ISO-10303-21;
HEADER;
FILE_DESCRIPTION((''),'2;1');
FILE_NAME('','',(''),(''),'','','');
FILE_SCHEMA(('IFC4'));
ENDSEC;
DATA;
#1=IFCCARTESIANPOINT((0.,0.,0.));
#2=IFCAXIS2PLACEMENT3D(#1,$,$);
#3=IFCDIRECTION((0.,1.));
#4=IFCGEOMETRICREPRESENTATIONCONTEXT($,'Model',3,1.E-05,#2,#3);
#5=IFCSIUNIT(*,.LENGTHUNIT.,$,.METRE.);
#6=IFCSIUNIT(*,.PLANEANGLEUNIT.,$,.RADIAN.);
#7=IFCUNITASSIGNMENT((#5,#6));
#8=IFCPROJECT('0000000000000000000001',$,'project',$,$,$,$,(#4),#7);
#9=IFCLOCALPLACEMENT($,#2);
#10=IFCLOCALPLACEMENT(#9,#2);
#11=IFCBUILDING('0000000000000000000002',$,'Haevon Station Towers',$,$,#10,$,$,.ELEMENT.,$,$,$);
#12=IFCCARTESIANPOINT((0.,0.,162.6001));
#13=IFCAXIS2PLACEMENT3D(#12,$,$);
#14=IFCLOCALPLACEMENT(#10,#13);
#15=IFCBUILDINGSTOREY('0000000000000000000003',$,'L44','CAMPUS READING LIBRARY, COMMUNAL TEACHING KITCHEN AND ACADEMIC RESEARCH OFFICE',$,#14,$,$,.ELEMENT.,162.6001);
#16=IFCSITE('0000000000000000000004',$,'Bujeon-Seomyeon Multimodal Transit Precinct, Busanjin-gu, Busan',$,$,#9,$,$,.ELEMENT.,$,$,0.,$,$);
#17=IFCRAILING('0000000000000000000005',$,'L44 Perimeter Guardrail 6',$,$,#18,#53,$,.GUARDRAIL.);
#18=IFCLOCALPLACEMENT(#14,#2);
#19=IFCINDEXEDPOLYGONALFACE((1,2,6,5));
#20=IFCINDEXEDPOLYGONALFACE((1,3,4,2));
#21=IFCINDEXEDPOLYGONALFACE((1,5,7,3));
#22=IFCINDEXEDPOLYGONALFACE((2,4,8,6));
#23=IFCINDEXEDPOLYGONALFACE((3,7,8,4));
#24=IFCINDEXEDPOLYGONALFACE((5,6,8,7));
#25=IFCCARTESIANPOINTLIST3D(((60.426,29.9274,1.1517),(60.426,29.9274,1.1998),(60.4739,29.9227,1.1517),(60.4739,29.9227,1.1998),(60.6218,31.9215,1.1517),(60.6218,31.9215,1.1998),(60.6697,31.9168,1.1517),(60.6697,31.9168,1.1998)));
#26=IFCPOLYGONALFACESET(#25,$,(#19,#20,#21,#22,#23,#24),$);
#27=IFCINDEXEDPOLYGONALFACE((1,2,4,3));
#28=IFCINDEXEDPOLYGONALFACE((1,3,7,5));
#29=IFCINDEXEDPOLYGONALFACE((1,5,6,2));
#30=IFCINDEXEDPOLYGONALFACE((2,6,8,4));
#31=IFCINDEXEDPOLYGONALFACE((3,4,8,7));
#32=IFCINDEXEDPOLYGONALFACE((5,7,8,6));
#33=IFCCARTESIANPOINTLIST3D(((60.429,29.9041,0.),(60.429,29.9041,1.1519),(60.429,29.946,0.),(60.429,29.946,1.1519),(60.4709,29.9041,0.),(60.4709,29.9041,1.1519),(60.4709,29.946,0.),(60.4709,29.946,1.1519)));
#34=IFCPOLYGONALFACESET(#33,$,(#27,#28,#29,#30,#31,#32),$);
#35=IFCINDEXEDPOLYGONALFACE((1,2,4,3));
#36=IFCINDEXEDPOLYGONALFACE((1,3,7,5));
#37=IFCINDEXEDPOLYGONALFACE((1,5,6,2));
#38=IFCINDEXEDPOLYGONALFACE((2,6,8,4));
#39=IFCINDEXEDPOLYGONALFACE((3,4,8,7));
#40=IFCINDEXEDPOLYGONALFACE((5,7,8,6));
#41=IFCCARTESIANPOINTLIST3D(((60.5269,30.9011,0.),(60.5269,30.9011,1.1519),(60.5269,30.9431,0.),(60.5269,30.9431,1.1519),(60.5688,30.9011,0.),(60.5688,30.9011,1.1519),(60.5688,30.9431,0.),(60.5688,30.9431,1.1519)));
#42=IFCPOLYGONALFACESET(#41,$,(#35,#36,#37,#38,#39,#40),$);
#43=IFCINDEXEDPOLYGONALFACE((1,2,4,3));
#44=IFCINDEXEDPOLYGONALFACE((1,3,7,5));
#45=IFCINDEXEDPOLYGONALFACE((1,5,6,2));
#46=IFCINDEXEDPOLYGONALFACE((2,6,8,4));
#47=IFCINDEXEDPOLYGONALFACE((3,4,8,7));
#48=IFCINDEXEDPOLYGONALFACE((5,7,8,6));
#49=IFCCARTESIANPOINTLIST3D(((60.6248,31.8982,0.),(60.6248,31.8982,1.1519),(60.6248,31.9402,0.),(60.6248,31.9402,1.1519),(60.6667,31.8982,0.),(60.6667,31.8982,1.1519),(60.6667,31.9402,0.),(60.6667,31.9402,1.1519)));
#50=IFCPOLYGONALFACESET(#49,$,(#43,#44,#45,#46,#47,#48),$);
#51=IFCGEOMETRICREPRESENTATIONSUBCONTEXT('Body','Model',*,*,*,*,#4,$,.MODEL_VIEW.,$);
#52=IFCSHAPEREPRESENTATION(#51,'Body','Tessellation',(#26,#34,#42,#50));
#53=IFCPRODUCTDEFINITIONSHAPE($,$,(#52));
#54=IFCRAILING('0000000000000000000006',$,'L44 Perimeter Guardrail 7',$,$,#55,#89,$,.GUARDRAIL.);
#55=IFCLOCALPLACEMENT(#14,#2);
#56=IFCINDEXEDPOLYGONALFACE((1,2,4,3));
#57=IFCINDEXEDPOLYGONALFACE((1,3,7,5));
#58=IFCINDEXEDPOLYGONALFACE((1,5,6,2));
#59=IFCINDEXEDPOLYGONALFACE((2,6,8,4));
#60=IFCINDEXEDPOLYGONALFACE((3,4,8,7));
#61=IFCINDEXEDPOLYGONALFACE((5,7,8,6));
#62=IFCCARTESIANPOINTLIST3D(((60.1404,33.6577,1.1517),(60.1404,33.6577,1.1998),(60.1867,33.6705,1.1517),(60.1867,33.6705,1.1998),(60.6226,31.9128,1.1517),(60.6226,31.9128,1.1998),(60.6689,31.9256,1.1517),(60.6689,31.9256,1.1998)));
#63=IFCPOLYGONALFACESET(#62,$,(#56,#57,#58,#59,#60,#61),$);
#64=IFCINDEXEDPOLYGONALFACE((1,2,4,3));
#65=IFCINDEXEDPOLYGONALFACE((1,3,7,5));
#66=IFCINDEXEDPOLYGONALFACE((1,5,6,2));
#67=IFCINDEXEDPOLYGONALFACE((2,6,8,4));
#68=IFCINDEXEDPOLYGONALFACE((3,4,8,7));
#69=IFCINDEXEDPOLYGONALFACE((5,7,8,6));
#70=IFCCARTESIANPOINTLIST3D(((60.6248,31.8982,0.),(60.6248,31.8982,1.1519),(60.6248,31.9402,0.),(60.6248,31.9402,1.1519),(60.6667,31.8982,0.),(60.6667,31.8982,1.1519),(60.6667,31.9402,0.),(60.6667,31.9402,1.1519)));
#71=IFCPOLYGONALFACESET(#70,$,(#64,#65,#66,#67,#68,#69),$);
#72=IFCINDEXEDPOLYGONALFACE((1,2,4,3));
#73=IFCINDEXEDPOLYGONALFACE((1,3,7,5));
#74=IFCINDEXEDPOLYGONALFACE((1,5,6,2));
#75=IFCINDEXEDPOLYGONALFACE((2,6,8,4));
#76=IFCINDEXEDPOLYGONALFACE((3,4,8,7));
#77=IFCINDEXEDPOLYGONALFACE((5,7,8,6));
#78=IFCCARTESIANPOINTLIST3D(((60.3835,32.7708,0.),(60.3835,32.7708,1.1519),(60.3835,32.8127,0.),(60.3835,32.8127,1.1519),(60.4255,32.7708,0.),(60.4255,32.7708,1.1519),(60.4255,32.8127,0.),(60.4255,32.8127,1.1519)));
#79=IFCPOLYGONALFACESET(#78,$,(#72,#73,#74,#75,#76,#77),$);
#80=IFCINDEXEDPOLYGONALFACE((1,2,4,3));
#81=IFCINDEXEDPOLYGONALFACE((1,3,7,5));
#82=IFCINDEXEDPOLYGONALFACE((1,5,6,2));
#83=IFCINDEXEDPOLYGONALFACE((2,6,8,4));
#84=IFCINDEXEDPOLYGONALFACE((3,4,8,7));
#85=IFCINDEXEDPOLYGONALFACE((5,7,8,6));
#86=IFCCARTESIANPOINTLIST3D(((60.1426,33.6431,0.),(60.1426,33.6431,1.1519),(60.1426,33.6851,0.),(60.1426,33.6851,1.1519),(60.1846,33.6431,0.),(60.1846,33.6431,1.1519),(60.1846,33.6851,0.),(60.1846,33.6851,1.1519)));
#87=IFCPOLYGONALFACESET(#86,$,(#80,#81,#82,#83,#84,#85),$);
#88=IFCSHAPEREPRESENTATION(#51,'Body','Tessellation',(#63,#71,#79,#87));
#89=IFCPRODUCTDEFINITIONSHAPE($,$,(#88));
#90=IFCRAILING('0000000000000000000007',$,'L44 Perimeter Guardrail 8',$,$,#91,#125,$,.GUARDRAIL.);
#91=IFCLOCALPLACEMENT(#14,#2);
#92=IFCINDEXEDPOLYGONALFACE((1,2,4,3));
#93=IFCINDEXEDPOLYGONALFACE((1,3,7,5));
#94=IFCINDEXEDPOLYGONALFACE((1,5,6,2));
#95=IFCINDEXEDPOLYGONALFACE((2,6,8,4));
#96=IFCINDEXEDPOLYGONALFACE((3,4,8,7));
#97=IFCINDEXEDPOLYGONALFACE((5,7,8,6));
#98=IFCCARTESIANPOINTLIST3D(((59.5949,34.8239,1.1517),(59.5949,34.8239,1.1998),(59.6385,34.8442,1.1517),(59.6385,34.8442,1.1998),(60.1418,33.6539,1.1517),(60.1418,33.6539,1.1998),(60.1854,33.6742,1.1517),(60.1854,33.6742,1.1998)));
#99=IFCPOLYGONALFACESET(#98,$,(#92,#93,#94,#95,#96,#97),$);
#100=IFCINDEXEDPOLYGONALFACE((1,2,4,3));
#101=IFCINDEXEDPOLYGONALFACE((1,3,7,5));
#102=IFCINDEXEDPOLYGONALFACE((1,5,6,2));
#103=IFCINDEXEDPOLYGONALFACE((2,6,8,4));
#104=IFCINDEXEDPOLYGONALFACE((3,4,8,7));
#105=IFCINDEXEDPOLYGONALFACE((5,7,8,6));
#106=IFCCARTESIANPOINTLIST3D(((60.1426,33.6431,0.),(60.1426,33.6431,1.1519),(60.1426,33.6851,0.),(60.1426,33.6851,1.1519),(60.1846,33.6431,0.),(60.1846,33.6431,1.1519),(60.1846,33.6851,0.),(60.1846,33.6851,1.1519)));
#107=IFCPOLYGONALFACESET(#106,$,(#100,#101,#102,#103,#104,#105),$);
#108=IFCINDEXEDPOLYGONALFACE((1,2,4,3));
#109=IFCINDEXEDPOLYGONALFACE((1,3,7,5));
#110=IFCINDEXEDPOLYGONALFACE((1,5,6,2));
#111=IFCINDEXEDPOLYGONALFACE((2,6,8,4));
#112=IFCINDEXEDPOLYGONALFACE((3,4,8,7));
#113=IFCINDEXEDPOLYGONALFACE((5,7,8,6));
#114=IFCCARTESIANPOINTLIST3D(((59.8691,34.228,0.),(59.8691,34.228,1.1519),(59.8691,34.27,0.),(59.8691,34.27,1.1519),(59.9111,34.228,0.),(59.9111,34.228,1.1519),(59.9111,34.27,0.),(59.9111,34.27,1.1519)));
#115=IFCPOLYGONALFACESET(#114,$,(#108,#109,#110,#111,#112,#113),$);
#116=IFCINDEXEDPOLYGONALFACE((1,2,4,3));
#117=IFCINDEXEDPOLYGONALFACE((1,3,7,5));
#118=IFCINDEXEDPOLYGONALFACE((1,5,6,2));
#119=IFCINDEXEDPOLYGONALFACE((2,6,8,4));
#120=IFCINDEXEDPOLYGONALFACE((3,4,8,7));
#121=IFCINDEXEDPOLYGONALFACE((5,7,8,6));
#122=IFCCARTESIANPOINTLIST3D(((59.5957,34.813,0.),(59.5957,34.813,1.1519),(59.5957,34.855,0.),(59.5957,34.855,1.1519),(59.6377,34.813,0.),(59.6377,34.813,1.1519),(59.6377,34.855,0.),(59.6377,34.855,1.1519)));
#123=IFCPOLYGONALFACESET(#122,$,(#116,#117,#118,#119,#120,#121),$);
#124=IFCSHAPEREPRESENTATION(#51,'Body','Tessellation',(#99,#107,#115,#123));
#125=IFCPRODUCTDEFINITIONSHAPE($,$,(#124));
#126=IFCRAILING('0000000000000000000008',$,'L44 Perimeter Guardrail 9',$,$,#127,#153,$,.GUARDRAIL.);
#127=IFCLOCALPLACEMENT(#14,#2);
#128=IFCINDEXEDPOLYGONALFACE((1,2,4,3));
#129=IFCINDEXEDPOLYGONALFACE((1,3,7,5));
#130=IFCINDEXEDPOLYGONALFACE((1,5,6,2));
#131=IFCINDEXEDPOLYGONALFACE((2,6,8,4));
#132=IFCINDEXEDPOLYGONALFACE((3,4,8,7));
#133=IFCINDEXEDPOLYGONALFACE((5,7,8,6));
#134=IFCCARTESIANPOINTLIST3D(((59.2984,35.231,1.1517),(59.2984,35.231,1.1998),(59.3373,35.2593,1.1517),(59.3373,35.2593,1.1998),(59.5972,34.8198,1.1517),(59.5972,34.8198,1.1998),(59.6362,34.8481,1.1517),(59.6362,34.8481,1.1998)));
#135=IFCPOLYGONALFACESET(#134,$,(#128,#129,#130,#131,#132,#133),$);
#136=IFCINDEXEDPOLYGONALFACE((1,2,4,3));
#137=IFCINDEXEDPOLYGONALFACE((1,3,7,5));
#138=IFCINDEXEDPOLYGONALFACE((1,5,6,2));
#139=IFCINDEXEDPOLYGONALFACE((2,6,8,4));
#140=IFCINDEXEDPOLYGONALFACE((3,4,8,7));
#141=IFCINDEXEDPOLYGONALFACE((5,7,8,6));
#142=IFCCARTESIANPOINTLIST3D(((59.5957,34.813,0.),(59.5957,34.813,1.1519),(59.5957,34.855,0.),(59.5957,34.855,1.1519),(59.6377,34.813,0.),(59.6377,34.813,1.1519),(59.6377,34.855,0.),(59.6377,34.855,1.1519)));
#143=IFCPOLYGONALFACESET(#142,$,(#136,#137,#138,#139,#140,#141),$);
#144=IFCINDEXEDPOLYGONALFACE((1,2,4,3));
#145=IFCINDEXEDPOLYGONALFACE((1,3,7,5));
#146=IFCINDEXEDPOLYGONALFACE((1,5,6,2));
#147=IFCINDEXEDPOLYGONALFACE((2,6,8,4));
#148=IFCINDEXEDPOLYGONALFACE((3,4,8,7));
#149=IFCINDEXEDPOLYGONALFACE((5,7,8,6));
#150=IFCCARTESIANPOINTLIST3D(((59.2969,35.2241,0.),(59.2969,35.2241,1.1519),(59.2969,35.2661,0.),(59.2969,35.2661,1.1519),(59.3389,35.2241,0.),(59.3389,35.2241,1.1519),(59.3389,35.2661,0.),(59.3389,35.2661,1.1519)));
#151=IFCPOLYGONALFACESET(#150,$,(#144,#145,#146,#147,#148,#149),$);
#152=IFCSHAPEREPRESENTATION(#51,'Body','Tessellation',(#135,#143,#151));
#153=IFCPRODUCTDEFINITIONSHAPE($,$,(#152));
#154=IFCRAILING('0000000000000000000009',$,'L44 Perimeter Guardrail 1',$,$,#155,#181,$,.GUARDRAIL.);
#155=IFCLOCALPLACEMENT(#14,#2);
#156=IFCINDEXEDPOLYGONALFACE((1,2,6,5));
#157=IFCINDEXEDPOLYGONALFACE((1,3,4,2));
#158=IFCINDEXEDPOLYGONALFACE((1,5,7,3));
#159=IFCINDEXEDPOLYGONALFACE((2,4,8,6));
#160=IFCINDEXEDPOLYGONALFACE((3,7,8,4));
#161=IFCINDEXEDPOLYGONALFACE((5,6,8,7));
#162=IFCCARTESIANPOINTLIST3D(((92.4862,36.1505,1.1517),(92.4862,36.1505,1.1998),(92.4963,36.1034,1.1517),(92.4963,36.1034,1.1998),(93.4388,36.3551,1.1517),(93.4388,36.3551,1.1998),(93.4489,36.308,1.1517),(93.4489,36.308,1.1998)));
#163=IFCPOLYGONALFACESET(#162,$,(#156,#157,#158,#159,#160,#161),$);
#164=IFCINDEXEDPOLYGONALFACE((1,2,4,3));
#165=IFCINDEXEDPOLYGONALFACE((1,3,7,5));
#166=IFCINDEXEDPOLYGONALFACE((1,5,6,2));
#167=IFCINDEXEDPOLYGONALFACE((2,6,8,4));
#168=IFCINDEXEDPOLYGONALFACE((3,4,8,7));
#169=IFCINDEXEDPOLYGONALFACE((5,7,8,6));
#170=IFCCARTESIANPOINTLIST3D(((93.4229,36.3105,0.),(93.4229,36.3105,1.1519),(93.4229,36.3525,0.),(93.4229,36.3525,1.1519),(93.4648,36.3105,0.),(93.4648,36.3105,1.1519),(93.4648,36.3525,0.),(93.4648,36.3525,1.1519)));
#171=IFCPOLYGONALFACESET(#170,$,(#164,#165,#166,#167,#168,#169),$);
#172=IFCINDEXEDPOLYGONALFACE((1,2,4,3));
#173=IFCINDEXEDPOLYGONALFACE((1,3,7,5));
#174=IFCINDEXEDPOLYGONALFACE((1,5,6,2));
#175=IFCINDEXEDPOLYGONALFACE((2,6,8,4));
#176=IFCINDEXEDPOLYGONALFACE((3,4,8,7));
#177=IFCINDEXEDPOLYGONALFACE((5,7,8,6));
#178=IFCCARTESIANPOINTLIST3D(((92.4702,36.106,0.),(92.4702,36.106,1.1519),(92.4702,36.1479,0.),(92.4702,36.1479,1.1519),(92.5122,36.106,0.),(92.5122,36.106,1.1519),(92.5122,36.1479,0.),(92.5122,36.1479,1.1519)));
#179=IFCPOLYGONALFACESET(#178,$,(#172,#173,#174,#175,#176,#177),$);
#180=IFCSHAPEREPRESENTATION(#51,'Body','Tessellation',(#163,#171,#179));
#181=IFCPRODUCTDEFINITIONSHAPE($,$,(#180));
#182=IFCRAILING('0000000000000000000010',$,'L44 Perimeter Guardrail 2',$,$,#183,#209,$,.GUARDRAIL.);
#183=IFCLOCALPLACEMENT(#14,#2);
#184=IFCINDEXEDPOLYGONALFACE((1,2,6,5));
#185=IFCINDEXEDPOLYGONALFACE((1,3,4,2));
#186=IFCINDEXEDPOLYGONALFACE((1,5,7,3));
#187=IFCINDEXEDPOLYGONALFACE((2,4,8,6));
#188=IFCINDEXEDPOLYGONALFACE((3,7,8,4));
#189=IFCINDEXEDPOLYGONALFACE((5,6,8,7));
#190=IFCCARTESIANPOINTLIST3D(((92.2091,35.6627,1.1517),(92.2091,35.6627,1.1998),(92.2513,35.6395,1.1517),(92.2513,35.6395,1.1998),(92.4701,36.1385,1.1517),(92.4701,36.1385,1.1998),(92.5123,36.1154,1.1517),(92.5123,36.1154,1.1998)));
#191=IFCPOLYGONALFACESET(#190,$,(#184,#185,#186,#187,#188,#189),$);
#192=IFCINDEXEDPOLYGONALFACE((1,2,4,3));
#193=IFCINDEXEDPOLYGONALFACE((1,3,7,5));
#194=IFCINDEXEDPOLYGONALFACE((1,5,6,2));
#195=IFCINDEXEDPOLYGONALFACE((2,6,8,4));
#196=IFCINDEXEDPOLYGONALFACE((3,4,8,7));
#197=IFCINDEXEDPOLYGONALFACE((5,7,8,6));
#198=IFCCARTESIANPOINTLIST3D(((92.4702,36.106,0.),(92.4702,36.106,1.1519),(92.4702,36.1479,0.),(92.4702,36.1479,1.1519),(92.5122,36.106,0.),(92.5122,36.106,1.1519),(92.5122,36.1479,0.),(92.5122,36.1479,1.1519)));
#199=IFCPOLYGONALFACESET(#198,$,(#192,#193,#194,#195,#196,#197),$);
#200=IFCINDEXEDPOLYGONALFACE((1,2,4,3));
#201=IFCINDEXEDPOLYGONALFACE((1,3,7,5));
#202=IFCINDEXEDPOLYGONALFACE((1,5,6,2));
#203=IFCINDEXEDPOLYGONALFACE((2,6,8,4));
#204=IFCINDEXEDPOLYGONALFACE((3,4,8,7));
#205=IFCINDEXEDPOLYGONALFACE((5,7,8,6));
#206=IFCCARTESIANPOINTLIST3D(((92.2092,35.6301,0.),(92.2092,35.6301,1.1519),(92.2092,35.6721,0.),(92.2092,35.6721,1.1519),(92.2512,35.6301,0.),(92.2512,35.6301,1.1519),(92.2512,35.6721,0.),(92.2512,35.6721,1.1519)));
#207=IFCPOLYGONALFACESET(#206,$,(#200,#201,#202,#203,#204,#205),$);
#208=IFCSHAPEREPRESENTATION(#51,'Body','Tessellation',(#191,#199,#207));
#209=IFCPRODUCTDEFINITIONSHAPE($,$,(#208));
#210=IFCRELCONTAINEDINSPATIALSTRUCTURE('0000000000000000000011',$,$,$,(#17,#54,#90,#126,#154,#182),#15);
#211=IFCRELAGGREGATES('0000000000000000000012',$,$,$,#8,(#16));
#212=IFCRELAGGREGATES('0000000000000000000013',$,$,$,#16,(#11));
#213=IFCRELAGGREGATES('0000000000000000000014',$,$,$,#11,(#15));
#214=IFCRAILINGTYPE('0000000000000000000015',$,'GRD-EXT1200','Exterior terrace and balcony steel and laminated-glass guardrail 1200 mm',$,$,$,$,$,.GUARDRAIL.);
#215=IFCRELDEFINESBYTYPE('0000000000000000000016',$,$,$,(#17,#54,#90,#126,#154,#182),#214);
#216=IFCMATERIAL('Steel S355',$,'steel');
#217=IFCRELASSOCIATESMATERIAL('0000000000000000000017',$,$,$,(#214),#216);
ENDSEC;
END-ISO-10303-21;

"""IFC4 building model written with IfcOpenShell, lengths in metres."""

from ifc_helpers import new_model, si_unit, direction, frame, origin, origin_2d, place, context, subcontext, project, spatial, rectangle, extrude, material, type_object, element, save


model = new_model("IFC4")

# Units and contexts
model_context = context("Model", 3, precision=1e-05, world=origin(), true_north=direction((0.0, 1.0)))
body_context = subcontext(model_context, "Body", "Model", "MODEL_VIEW")
ifc_project = project(units=[si_unit("LENGTHUNIT", "METRE"), si_unit("PLANEANGLEUNIT", "RADIAN")], contexts=[model_context])

# Site, building, storey
site_placement = place(None, origin())
site = spatial("IfcSite", under=ifc_project, at=site_placement, Name="Bujeon-Seomyeon Multimodal Transit Precinct, Busanjin-gu, Busan", CompositionType="ELEMENT", RefElevation=0.0)
building_placement = place(site_placement, origin())
building = spatial("IfcBuilding", under=site, at=building_placement, Name="Haevon Station Towers", CompositionType="ELEMENT")
storey_placement = place(building_placement, frame((0.0, 0.0, 162.6001)))
storey = spatial("IfcBuildingStorey", under=building, at=storey_placement, Name="L44", Description="CAMPUS READING LIBRARY, COMMUNAL TEACHING KITCHEN AND ACADEMIC RESEARCH OFFICE", CompositionType="ELEMENT", Elevation=162.6001)

# Shared definitions
ifc_material_1 = material(Name="Steel S355", Category="steel")

# Railings
railing_type = type_object("IfcRailingType", Name="GRD-EXT1200", Description="Exterior terrace and balcony steel and laminated-glass guardrail 1200 mm", PredefinedType="GUARDRAIL", material=ifc_material_1)
railing_1_placement = place(storey_placement, frame((60.45, 29.925, 0.0)))
element("IfcRailing", 1, at=railing_1_placement, inside=storey, type_object=railing_type, Name="L44 Perimeter Guardrail 6", PredefinedType="GUARDRAIL", context=body_context, shape_type="SweptSolid", body=[
    extrude(rectangle(XDim=0.0481, YDim=0.0481, at=origin_2d()), frame((0.0, 0.0, 1.1758), z_axis=(0.097718, 0.995214, 0.0), x_axis=(-0.995214, 0.097718, 0.0)), (0.0, 0.0, 1.0), 2.0037),
    extrude(rectangle(XDim=0.042, YDim=0.042, at=origin_2d()), origin(), (0.0, 0.0, 1.0), 1.1519),
    extrude(rectangle(XDim=0.042, YDim=0.042, at=origin_2d()), frame((0.0979, 0.9971, 0.0)), (0.0, 0.0, 1.0), 1.1519),
    extrude(rectangle(XDim=0.042, YDim=0.042, at=origin_2d()), frame((0.1958, 1.9941, 0.0)), (0.0, 0.0, 1.0), 1.1519),
])
railing_2_placement = place(storey_placement, frame((60.6458, 31.9192, 0.0)))
element("IfcRailing", 2, at=railing_2_placement, inside=storey, type_object=railing_type, Name="L44 Perimeter Guardrail 7", PredefinedType="GUARDRAIL", context=body_context, shape_type="SweptSolid", body=[
    extrude(rectangle(XDim=0.0481, YDim=0.0481, at=origin_2d()), frame((0.0, 0.0, 1.1758), z_axis=(-0.266357, 0.963874, 0.0), x_axis=(-0.963874, -0.266357, 0.0)), (0.0, 0.0, 1.0), 1.8103),
    extrude(rectangle(XDim=0.042, YDim=0.042, at=origin_2d()), origin(), (0.0, 0.0, 1.0), 1.1519),
    extrude(rectangle(XDim=0.042, YDim=0.042, at=origin_2d()), frame((-0.2412, 0.8726, 0.0)), (0.0, 0.0, 1.0), 1.1519),
    extrude(rectangle(XDim=0.042, YDim=0.042, at=origin_2d()), frame((-0.4822, 1.7449, 0.0)), (0.0, 0.0, 1.0), 1.1519),
])
railing_3_placement = place(storey_placement, frame((60.1636, 33.6641, 0.0)))
element("IfcRailing", 3, at=railing_3_placement, inside=storey, type_object=railing_type, Name="L44 Perimeter Guardrail 8", PredefinedType="GUARDRAIL", context=body_context, shape_type="SweptSolid", body=[
    extrude(rectangle(XDim=0.0481, YDim=0.0481, at=origin_2d()), frame((0.0, 0.0, 1.1758), z_axis=(-0.423465, 0.905912, 0.0), x_axis=(-0.905912, -0.423465, 0.0)), (0.0, 0.0, 1.0), 1.2915),
    extrude(rectangle(XDim=0.042, YDim=0.042, at=origin_2d()), origin(), (0.0, 0.0, 1.0), 1.1519),
    extrude(rectangle(XDim=0.042, YDim=0.042, at=origin_2d()), frame((-0.2734, 0.585, 0.0)), (0.0, 0.0, 1.0), 1.1519),
    extrude(rectangle(XDim=0.042, YDim=0.042, at=origin_2d()), frame((-0.5469, 1.1699, 0.0)), (0.0, 0.0, 1.0), 1.1519),
])
railing_4_placement = place(storey_placement, frame((59.6167, 34.834, 0.0)))
element("IfcRailing", 4, at=railing_4_placement, inside=storey, type_object=railing_type, Name="L44 Perimeter Guardrail 9", PredefinedType="GUARDRAIL", context=body_context, shape_type="SweptSolid", body=[
    extrude(rectangle(XDim=0.0481, YDim=0.0481, at=origin_2d()), frame((0.0, 0.0, 1.1758), z_axis=(-0.587943, 0.808902, 0.0), x_axis=(-0.808902, -0.587943, 0.0)), (0.0, 0.0, 1.0), 0.5083),
    extrude(rectangle(XDim=0.042, YDim=0.042, at=origin_2d()), origin(), (0.0, 0.0, 1.0), 1.1519),
    extrude(rectangle(XDim=0.042, YDim=0.042, at=origin_2d()), frame((-0.2988, 0.4111, 0.0)), (0.0, 0.0, 1.0), 1.1519),
])
railing_5_placement = place(storey_placement, frame((93.4438, 36.3315, 0.0)))
element("IfcRailing", 5, at=railing_5_placement, inside=storey, type_object=railing_type, Name="L44 Perimeter Guardrail 1", PredefinedType="GUARDRAIL", context=body_context, shape_type="SweptSolid", body=[
    extrude(rectangle(XDim=0.0481, YDim=0.0481, at=origin_2d()), frame((0.0, 0.0, 1.1758), z_axis=(-0.977707, -0.209974, 0.0), x_axis=(0.209974, -0.977707, 0.0)), (0.0, 0.0, 1.0), 0.9744),
    extrude(rectangle(XDim=0.042, YDim=0.042, at=origin_2d()), origin(), (0.0, 0.0, 1.0), 1.1519),
    extrude(rectangle(XDim=0.042, YDim=0.042, at=origin_2d()), frame((-0.9526, -0.2046, 0.0)), (0.0, 0.0, 1.0), 1.1519),
])
railing_6_placement = place(storey_placement, frame((92.4912, 36.127, 0.0)))
element("IfcRailing", 6, at=railing_6_placement, inside=storey, type_object=railing_type, Name="L44 Perimeter Guardrail 2", PredefinedType="GUARDRAIL", context=body_context, shape_type="SweptSolid", body=[
    extrude(rectangle(XDim=0.0481, YDim=0.0481, at=origin_2d()), frame((0.0, 0.0, 1.1758), z_axis=(-0.4809, -0.876776, 0.0), x_axis=(0.876776, -0.4809, 0.0)), (0.0, 0.0, 1.0), 0.5427),
    extrude(rectangle(XDim=0.042, YDim=0.042, at=origin_2d()), origin(), (0.0, 0.0, 1.0), 1.1519),
    extrude(rectangle(XDim=0.042, YDim=0.042, at=origin_2d()), frame((-0.261, -0.4758, 0.0)), (0.0, 0.0, 1.0), 1.1519),
])

save(model, "model.ifc")
